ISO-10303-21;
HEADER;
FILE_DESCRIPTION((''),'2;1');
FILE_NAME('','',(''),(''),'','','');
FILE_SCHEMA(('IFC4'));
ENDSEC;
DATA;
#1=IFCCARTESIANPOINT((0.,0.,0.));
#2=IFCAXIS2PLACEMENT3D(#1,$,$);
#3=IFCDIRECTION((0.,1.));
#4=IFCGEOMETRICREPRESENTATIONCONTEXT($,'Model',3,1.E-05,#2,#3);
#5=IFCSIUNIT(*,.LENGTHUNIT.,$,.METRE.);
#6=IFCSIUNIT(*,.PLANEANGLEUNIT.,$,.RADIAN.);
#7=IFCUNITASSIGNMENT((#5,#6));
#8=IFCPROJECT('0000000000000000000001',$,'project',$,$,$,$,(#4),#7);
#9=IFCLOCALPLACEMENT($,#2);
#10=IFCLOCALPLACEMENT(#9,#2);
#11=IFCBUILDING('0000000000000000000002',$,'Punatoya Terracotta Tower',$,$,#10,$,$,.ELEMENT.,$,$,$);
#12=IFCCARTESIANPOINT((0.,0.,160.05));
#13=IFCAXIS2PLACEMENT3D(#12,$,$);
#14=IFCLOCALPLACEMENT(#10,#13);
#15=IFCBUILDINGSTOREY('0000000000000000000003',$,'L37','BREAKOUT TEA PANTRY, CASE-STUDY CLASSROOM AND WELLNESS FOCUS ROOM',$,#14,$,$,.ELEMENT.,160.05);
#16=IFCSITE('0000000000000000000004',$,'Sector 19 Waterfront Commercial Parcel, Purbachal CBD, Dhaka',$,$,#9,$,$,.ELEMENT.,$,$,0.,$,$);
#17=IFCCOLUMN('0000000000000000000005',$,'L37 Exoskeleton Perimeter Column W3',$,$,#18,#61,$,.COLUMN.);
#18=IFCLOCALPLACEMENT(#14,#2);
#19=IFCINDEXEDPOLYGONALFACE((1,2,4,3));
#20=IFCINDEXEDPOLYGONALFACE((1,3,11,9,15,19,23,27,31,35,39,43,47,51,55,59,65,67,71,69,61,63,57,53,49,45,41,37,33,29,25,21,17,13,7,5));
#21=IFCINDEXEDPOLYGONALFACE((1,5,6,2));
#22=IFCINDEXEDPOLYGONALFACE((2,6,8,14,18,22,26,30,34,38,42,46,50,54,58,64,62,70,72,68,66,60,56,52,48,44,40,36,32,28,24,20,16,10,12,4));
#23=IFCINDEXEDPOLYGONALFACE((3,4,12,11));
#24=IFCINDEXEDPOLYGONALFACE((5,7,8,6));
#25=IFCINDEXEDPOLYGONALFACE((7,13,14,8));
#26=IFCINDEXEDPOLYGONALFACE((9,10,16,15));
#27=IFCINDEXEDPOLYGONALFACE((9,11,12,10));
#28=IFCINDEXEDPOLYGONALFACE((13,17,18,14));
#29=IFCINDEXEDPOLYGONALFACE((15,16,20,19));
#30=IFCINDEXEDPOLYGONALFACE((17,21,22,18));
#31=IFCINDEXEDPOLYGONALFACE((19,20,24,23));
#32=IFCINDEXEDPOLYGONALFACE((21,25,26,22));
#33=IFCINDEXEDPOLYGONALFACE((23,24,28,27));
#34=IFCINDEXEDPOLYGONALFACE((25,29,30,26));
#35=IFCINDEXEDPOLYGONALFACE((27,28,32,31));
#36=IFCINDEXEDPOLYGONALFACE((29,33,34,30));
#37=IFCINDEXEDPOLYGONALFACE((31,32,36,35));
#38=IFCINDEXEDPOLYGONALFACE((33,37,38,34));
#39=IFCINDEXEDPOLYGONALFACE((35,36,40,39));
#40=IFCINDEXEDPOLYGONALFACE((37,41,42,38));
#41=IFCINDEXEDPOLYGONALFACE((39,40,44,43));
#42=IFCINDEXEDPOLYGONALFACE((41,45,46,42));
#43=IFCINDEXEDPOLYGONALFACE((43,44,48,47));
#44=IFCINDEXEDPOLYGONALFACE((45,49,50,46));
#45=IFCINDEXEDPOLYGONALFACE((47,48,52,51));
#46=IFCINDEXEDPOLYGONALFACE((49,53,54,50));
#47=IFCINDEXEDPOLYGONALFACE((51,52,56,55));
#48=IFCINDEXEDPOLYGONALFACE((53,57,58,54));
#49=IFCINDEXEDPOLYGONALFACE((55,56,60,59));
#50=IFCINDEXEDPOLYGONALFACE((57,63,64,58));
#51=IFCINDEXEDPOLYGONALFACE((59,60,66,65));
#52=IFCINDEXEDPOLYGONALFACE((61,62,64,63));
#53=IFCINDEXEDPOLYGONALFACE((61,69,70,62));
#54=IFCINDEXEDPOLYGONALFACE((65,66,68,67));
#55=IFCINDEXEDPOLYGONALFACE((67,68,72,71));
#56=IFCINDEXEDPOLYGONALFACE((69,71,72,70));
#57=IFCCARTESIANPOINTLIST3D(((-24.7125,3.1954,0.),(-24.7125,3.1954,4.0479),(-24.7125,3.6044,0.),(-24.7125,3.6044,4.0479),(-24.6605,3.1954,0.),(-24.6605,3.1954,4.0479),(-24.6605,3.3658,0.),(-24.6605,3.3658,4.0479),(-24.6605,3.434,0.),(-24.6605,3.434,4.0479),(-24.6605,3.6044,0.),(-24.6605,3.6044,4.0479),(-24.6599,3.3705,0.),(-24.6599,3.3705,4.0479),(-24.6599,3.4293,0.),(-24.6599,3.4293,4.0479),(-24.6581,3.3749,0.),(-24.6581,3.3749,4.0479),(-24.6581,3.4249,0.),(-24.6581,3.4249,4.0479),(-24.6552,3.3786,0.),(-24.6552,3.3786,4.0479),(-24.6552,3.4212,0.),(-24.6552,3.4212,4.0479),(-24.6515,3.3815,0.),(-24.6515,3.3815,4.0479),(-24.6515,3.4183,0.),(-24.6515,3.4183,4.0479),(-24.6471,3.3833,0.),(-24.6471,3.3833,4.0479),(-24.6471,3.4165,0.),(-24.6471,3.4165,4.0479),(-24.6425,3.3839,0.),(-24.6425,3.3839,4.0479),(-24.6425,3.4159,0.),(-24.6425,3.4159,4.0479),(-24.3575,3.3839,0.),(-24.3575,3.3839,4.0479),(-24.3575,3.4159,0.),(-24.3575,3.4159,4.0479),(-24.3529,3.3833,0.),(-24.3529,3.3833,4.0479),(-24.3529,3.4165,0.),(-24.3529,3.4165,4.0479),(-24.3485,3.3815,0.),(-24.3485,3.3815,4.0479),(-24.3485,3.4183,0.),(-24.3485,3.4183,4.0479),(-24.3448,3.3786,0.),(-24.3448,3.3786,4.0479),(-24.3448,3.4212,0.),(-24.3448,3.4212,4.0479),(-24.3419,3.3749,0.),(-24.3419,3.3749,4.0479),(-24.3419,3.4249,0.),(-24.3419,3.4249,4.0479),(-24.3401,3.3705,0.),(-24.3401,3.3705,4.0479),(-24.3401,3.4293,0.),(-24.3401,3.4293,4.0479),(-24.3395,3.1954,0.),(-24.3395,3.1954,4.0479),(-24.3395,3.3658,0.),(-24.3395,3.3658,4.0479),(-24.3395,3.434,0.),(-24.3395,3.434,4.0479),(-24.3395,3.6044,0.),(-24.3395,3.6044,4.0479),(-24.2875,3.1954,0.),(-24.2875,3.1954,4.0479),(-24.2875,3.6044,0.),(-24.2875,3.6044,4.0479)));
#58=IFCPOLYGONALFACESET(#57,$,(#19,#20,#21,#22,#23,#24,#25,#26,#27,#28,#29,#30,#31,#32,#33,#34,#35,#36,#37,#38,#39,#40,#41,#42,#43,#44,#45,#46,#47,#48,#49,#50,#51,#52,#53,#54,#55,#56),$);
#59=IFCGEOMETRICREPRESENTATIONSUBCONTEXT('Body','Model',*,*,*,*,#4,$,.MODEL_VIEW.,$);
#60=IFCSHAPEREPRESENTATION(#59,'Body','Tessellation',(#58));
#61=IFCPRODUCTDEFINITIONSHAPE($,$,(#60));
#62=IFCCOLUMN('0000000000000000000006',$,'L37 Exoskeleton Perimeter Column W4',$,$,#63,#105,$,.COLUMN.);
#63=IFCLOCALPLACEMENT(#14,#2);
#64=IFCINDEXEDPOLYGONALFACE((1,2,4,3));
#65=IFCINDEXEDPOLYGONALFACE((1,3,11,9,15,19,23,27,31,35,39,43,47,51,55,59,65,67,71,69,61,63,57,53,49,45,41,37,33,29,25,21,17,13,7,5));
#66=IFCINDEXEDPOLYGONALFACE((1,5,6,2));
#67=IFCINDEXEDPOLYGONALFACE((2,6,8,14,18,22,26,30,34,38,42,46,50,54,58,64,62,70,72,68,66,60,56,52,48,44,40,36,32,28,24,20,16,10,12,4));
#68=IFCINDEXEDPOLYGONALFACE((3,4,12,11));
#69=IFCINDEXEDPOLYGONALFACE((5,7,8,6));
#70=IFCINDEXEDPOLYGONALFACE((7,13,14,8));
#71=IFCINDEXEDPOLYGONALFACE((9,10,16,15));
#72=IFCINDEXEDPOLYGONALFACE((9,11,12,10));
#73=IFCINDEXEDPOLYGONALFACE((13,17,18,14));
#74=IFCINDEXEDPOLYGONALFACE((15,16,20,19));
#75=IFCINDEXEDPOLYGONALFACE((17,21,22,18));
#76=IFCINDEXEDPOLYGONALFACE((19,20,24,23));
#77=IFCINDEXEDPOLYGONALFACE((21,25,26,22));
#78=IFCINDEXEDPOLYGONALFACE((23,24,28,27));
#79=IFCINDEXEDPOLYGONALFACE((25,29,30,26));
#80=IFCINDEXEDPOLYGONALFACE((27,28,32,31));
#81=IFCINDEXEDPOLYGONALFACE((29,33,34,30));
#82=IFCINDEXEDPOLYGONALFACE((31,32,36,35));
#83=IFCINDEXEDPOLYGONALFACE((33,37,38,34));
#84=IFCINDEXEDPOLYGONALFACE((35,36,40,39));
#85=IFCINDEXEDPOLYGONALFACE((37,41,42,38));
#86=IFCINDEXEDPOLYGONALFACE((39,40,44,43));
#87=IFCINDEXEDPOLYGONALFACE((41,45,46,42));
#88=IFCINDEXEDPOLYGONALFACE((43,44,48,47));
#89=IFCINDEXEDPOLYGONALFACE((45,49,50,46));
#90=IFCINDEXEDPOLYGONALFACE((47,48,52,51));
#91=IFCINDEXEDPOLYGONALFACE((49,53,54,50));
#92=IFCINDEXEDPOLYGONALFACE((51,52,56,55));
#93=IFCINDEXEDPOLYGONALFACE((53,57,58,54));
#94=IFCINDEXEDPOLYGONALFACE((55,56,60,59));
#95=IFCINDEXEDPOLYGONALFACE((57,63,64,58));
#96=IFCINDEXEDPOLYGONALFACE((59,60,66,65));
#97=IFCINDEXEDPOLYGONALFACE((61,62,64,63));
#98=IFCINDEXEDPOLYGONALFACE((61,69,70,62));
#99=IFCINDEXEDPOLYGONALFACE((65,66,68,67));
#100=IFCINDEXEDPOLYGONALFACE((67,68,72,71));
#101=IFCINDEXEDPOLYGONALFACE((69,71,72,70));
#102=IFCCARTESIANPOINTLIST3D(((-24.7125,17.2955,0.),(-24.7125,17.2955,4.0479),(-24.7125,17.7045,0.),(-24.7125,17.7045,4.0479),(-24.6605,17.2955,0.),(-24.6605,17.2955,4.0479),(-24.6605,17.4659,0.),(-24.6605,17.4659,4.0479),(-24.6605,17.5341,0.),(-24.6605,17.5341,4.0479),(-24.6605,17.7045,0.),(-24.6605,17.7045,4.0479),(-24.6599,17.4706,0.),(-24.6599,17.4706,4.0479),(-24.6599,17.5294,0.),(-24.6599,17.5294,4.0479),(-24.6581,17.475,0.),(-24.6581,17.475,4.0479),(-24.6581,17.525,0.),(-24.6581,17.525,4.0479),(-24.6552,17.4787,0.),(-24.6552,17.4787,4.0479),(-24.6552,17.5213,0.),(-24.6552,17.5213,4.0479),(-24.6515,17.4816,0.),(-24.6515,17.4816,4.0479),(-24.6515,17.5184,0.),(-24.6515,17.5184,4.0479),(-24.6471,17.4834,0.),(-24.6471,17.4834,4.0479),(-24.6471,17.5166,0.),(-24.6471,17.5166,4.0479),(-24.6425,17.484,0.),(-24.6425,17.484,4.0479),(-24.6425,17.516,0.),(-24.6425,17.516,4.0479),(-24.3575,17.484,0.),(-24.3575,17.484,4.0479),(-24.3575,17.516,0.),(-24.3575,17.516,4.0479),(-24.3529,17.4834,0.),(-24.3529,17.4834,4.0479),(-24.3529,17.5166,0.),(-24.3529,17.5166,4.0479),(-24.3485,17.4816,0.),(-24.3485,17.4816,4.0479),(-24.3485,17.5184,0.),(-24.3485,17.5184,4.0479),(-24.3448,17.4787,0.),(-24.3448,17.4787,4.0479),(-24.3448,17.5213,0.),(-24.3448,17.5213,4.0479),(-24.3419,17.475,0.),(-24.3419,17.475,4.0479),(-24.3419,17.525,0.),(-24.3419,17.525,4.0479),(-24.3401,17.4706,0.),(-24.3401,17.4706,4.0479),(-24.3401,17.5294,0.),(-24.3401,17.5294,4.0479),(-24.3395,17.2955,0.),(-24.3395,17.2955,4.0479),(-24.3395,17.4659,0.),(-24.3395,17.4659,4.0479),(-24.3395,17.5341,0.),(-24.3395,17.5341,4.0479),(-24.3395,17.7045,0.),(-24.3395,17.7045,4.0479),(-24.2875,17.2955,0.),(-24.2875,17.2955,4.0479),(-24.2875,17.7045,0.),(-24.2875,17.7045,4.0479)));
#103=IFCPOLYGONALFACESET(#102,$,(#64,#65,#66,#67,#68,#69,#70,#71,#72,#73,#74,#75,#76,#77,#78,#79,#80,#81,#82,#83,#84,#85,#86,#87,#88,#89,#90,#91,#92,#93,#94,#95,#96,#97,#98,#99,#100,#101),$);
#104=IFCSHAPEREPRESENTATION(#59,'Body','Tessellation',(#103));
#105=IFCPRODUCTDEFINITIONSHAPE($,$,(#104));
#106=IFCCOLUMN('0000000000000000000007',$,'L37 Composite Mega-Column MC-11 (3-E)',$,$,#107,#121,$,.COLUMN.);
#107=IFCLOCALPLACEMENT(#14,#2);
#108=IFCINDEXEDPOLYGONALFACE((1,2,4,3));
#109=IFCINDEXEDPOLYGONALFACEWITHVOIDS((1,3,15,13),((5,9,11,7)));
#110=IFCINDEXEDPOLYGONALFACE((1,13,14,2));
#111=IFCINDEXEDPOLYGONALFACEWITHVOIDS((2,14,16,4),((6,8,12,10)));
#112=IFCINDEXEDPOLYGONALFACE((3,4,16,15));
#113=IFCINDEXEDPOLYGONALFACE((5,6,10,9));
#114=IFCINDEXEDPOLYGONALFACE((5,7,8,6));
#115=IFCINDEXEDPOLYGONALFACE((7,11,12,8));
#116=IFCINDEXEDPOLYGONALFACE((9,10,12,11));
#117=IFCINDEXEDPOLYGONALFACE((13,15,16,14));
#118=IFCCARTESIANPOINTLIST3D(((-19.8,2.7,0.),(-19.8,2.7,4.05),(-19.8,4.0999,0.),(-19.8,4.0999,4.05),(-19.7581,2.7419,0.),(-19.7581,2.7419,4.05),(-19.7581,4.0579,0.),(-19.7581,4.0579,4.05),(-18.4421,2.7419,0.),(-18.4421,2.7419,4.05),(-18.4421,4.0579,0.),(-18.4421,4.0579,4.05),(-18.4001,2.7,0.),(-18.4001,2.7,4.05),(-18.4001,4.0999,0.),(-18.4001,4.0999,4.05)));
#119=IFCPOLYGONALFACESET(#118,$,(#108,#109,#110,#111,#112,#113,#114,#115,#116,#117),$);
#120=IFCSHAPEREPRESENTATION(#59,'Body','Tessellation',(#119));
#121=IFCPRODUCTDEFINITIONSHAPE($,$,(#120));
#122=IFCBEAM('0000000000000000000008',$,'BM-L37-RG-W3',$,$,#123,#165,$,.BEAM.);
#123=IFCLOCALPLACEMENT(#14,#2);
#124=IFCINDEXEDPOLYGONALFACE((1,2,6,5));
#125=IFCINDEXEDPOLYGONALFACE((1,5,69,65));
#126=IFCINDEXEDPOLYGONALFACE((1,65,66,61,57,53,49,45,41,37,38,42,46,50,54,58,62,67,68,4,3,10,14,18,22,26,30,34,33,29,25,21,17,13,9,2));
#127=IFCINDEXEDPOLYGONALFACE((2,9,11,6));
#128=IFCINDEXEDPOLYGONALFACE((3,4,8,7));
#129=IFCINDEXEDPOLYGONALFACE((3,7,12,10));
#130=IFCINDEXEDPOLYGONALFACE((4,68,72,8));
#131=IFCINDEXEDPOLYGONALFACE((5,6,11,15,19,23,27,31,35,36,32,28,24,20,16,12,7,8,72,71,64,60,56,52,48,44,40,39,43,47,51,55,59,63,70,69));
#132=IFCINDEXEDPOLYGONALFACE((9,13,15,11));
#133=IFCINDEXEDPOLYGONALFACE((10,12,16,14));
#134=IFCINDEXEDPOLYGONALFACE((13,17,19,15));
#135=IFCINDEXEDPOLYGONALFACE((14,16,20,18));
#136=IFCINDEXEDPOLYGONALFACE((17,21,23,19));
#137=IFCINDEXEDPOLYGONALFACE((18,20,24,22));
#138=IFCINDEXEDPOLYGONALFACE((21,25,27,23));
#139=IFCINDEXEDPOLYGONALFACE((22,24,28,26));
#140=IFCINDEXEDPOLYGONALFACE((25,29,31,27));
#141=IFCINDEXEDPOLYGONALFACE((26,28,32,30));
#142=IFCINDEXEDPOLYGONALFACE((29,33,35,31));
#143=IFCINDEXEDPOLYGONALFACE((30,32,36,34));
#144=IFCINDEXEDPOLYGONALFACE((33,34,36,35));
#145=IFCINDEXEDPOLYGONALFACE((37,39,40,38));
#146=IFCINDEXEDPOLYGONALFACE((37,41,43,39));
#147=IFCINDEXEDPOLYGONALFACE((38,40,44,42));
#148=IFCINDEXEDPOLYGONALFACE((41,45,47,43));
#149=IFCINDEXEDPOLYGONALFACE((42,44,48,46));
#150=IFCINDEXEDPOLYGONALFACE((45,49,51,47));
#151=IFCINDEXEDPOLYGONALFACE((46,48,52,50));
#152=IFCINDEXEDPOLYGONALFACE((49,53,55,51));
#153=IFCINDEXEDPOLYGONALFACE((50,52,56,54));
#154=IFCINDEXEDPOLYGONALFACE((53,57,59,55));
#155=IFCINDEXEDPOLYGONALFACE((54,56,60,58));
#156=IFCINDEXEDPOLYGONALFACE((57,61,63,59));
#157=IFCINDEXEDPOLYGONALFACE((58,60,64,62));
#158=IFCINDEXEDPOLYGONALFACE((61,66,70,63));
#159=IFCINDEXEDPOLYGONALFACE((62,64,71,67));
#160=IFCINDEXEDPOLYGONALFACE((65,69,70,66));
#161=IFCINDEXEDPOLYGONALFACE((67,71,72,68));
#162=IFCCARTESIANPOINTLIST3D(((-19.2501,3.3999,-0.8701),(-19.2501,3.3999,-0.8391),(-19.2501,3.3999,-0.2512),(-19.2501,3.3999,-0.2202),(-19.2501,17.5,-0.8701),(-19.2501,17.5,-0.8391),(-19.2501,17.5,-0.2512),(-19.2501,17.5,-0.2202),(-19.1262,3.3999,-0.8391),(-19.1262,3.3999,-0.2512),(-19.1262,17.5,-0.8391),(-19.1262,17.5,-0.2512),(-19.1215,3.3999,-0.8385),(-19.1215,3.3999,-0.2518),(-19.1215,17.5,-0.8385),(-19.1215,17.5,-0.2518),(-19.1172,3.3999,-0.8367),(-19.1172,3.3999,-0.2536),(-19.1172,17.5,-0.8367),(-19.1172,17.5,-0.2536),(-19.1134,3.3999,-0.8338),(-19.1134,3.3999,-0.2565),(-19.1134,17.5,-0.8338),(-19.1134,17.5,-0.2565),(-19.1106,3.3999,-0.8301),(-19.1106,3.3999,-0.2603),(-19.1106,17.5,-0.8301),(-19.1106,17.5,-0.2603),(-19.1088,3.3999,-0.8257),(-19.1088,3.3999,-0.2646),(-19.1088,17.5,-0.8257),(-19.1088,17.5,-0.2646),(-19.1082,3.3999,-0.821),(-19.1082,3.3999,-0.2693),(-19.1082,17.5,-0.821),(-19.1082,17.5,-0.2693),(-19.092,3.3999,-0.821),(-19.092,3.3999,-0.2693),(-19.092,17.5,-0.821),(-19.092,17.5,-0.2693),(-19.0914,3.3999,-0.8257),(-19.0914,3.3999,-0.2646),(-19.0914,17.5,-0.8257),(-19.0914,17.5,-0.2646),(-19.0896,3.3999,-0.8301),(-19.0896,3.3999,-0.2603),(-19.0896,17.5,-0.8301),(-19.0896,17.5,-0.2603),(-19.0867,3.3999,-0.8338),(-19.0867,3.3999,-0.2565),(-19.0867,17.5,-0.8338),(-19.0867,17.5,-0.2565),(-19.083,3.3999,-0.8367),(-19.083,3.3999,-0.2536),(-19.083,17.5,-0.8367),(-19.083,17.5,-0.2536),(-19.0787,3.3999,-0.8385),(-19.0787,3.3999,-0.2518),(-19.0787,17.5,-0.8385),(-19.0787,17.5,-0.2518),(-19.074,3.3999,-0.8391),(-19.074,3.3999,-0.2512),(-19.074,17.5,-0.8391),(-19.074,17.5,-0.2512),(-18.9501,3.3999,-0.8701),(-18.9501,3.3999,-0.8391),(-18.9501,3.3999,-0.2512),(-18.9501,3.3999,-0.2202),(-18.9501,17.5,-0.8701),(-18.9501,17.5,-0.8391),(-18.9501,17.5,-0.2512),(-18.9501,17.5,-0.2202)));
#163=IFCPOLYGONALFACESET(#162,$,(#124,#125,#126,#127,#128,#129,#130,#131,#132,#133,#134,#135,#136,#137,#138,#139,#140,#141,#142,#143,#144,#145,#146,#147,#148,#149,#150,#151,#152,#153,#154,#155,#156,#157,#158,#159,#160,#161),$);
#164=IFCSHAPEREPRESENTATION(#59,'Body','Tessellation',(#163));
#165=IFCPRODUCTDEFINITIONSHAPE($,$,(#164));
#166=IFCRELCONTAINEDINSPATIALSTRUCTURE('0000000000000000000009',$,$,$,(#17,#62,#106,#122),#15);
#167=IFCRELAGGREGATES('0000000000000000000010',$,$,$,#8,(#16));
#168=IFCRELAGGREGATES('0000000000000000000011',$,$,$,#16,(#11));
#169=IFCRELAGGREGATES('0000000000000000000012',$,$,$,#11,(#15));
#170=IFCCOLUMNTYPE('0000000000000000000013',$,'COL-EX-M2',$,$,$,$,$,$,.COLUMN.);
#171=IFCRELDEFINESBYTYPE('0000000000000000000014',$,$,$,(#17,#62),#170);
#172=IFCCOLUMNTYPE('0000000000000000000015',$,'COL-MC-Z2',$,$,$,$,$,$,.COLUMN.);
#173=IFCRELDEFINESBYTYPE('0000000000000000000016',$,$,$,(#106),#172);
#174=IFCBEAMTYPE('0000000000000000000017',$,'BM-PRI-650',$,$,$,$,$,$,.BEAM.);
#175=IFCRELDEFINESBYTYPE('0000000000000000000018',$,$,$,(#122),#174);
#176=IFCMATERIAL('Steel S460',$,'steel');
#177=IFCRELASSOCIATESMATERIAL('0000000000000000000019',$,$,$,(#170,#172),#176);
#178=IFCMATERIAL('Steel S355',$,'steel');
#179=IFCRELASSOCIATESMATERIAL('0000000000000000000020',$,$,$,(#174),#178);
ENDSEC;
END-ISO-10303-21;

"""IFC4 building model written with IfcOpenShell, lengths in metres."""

from ifc_helpers import new_model, si_unit, direction, frame, origin, origin_2d, place, context, subcontext, project, spatial, hollow_rectangle, i_section, extrude, material, material_profile, profile_set, type_object, element, save


model = new_model("IFC4")

# Units and contexts
model_context = context("Model", 3, precision=1e-05, world=origin(), true_north=direction((0.0, 1.0)))
body_context = subcontext(model_context, "Body", "Model", "MODEL_VIEW")
ifc_project = project(units=[si_unit("LENGTHUNIT", "METRE"), si_unit("PLANEANGLEUNIT", "RADIAN")], contexts=[model_context])

# Site, building, storey
site_placement = place(None, origin())
site = spatial("IfcSite", under=ifc_project, at=site_placement, Name="Sector 19 Waterfront Commercial Parcel, Purbachal CBD, Dhaka", CompositionType="ELEMENT", RefElevation=0.0)
building_placement = place(site_placement, origin())
building = spatial("IfcBuilding", under=site, at=building_placement, Name="Punatoya Terracotta Tower", CompositionType="ELEMENT")
storey_placement = place(building_placement, frame((0.0, 0.0, 160.05)))
storey = spatial("IfcBuildingStorey", under=building, at=storey_placement, Name="L37", Description="BREAKOUT TEA PANTRY, CASE-STUDY CLASSROOM AND WELLNESS FOCUS ROOM", CompositionType="ELEMENT", Elevation=160.05)

# Columns
ifc_material_1 = material(Name="Steel S460", Category="steel")
ifc_material_profile_1 = material_profile(ifc_material_1, i_section(OverallWidth=0.4089, OverallDepth=0.425, WebThickness=0.032, FlangeThickness=0.052, FilletRadius=0.0181, at=origin_2d()))
ifc_profile_set_1 = profile_set([ifc_material_profile_1], Name="Steel S460")
column_type_1 = type_object("IfcColumnType", Name="COL-EX-M2", PredefinedType="COLUMN", material=ifc_profile_set_1)
for number, where, z_axis, x_axis, name in (
    (1, (-24.5, 3.3999, 0.0), (0.0, 0.0, 1.0), (0.0, 1.0, 0.0), "L37 Exoskeleton Perimeter Column W3"),
    (2, (-24.5, 17.5, 0.0), (0.0, 0.0, 1.0), (0.0, 1.0, 0.0), "L37 Exoskeleton Perimeter Column W4"),
):
    element("IfcColumn", number, at=place(storey_placement, frame(where, z_axis=z_axis, x_axis=x_axis)), inside=storey, type_object=column_type_1, Name=name, PredefinedType="COLUMN", context=body_context, shape_type="SweptSolid", body=[
        extrude(i_section(OverallWidth=0.4089, OverallDepth=0.425, WebThickness=0.032, FlangeThickness=0.052, FilletRadius=0.0181, at=origin_2d()), origin(), (0.0, 0.0, 1.0), 4.0479),
    ])
ifc_material_profile_2 = material_profile(ifc_material_1, hollow_rectangle(XDim=1.3999, YDim=1.3999, WallThickness=0.042, at=origin_2d()))
ifc_profile_set_2 = profile_set([ifc_material_profile_2], Name="Steel S460")
column_type_2 = type_object("IfcColumnType", Name="COL-MC-Z2", PredefinedType="COLUMN", material=ifc_profile_set_2)
column_placement = place(storey_placement, frame((-19.1001, 3.3999, 0.0), z_axis=(0.0, 0.0, 1.0), x_axis=(1.0, 0.0, 0.0)))
element("IfcColumn", 3, at=column_placement, inside=storey, type_object=column_type_2, Name="L37 Composite Mega-Column MC-11 (3-E)", PredefinedType="COLUMN", context=body_context, shape_type="SweptSolid", body=[
    extrude(hollow_rectangle(XDim=1.3999, YDim=1.3999, WallThickness=0.042, at=origin_2d()), origin(), (0.0, 0.0, 1.0), 4.05),
])

# Beam
ifc_material_2 = material(Name="Steel S355", Category="steel")
ifc_material_profile_3 = material_profile(ifc_material_2, i_section(OverallWidth=0.3, OverallDepth=0.6499, WebThickness=0.0161, FlangeThickness=0.031, FilletRadius=0.0181, at=origin_2d()))
ifc_profile_set_3 = profile_set([ifc_material_profile_3], Name="Steel S355")
beam_type_1 = type_object("IfcBeamType", Name="BM-PRI-650", PredefinedType="BEAM", material=ifc_profile_set_3)
beam_1_placement = place(storey_placement, frame((-19.1001, 3.3999, -0.5452), z_axis=(0.0, 1.0, 0.0), x_axis=(-1.0, 0.0, 0.0)))
element("IfcBeam", 4, at=beam_1_placement, inside=storey, type_object=beam_type_1, Name="BM-L37-RG-W3", PredefinedType="BEAM", context=body_context, shape_type="SweptSolid", body=[
    extrude(i_section(OverallWidth=0.3, OverallDepth=0.6499, WebThickness=0.0161, FlangeThickness=0.031, FilletRadius=0.0181, at=origin_2d()), origin(), (0.0, 0.0, 1.0), 14.1001),
])

save(model, "model.ifc")
